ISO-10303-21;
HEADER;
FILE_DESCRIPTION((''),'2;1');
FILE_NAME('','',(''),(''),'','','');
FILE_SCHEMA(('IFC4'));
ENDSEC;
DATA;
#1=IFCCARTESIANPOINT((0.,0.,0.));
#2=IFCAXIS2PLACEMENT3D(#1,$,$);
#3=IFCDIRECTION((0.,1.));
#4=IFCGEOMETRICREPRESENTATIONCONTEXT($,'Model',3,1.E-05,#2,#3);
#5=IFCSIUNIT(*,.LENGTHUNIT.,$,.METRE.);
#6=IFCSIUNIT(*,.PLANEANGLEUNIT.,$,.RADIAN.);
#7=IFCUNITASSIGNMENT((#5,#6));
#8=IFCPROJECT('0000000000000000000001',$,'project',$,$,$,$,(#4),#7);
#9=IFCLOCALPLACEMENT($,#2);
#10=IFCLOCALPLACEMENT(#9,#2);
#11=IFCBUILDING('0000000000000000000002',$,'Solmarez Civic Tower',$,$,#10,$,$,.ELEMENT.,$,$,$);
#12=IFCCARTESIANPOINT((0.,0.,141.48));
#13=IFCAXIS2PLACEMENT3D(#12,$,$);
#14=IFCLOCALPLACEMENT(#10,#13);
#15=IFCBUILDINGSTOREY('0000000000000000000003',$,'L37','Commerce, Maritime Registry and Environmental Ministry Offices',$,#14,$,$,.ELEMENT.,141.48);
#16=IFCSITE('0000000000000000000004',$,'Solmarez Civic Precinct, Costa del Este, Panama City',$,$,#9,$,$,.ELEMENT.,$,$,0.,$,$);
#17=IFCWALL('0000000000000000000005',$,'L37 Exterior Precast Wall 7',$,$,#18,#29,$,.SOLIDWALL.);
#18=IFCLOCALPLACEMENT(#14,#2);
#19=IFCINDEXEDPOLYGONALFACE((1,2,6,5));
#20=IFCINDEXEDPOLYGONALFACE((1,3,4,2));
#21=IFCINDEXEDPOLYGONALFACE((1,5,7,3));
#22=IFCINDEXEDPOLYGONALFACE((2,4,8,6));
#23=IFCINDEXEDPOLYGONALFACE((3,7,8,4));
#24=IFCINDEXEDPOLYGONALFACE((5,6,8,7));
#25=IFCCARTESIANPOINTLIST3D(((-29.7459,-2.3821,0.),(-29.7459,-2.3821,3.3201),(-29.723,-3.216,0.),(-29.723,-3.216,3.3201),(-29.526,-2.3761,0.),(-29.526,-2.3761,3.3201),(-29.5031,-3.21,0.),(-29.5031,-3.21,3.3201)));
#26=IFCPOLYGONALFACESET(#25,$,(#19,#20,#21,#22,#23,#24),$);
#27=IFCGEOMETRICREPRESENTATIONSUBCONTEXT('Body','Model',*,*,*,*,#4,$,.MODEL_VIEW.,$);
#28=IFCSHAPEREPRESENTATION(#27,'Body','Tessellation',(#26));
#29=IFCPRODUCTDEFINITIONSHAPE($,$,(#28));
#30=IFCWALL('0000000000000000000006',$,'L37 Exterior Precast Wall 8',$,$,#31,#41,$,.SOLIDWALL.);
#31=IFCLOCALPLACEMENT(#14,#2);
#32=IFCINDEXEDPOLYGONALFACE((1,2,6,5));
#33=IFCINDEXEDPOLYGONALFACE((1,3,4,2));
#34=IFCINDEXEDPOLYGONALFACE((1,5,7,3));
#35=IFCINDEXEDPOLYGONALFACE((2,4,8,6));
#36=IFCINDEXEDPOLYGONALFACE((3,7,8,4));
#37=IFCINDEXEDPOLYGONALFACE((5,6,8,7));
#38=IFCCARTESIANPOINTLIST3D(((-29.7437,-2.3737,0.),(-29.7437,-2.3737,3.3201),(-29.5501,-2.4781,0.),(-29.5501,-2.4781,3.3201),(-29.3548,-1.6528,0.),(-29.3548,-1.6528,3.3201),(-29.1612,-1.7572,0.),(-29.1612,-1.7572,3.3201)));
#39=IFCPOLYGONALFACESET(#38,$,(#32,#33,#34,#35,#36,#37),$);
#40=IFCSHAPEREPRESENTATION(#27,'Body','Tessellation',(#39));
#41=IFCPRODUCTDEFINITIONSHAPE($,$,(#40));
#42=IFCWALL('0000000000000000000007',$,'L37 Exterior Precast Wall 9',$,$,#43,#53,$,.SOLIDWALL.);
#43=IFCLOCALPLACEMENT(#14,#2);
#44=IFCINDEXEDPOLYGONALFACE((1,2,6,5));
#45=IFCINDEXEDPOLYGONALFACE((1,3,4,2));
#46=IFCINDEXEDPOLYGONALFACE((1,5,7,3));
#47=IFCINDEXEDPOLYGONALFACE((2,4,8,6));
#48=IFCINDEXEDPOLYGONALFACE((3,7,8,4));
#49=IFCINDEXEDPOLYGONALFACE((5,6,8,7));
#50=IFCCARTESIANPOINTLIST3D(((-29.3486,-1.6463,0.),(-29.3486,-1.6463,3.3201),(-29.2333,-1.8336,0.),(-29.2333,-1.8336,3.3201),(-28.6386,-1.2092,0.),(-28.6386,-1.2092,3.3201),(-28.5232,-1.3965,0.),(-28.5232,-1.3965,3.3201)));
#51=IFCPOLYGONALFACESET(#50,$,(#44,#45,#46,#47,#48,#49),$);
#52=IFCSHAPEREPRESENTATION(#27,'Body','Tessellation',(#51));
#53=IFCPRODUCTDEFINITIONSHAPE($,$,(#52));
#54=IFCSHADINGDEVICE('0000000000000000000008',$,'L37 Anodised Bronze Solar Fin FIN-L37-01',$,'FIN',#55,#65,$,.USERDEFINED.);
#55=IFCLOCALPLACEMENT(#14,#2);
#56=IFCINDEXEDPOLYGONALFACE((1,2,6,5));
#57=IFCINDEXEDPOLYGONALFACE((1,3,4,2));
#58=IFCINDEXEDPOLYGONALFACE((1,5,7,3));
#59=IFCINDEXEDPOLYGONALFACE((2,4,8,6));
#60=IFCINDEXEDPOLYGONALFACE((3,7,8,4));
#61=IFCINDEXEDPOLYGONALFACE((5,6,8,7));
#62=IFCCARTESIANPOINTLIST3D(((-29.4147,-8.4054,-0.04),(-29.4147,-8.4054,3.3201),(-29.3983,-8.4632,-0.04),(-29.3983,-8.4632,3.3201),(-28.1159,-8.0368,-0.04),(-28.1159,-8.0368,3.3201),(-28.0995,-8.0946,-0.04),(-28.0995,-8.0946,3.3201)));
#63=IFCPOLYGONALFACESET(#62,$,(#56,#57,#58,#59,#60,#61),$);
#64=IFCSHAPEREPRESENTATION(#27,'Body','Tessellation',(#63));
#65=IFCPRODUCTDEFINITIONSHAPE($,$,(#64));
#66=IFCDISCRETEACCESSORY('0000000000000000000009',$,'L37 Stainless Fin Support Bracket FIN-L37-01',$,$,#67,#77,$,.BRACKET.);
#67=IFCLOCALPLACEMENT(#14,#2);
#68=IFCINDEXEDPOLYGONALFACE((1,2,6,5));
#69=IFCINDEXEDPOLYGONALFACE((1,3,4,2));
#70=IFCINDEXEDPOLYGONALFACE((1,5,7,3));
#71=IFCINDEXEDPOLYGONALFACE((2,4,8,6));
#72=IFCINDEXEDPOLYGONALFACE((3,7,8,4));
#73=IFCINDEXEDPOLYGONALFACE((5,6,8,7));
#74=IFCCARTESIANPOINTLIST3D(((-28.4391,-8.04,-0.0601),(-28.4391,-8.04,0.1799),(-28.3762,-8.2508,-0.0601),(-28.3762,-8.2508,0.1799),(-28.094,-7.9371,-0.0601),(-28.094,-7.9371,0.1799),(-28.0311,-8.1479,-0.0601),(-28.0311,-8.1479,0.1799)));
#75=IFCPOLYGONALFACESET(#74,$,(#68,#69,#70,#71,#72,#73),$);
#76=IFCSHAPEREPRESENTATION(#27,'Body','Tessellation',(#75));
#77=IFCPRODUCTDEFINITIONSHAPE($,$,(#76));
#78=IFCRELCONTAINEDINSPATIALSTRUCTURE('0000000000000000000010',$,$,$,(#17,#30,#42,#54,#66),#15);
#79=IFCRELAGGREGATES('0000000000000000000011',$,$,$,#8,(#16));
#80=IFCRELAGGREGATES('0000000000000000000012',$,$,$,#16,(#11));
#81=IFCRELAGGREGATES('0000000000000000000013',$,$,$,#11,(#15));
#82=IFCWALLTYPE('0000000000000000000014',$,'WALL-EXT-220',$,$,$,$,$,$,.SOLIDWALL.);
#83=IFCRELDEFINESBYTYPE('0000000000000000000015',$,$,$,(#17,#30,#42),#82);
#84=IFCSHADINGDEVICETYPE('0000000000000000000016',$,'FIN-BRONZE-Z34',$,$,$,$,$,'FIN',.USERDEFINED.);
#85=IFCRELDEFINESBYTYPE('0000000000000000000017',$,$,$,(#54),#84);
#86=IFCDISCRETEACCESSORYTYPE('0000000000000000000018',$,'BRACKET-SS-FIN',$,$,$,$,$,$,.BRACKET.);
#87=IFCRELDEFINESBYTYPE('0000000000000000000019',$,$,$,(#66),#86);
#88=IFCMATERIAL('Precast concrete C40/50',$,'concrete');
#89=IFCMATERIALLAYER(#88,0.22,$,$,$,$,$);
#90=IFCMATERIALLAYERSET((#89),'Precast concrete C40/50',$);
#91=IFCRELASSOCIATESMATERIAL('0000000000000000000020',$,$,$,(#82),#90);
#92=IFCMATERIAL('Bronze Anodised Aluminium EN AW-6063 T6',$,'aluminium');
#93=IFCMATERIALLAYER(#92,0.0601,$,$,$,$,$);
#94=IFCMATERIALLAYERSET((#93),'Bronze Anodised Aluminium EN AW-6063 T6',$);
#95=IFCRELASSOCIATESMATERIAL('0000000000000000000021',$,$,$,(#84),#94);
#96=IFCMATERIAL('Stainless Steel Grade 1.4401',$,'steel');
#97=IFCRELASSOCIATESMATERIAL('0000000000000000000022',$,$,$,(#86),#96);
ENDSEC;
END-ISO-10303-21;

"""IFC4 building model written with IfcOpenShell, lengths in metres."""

from ifc_helpers import new_model, si_unit, direction, frame, frame_2d, origin, origin_2d, place, context, subcontext, project, spatial, rectangle, extrude, material, layer, layer_set, type_object, element, save


model = new_model("IFC4")

# Units and contexts
model_context = context("Model", 3, precision=1e-05, world=origin(), true_north=direction((0.0, 1.0)))
body_context = subcontext(model_context, "Body", "Model", "MODEL_VIEW")
ifc_project = project(units=[si_unit("LENGTHUNIT", "METRE"), si_unit("PLANEANGLEUNIT", "RADIAN")], contexts=[model_context])

# Site, building, storey
site_placement = place(None, origin())
site = spatial("IfcSite", under=ifc_project, at=site_placement, Name="Solmarez Civic Precinct, Costa del Este, Panama City", CompositionType="ELEMENT", RefElevation=0.0)
building_placement = place(site_placement, origin())
building = spatial("IfcBuilding", under=site, at=building_placement, Name="Solmarez Civic Tower", CompositionType="ELEMENT")
storey_placement = place(building_placement, frame((0.0, 0.0, 141.48)))
storey = spatial("IfcBuildingStorey", under=building, at=storey_placement, Name="L37", Description="Commerce, Maritime Registry and Environmental Ministry Offices", CompositionType="ELEMENT", Elevation=141.48)

# Shared definitions
ifc_material_1 = material(Name="Bronze Anodised Aluminium EN AW-6063 T6", Category="aluminium")

# Walls
ifc_material_2 = material(Name="Precast concrete C40/50", Category="concrete")
ifc_layer_1 = layer(ifc_material_2, 0.22)
ifc_layer_set_1 = layer_set([ifc_layer_1], Name="Precast concrete C40/50")
wall_type = type_object("IfcWallType", Name="WALL-EXT-220", PredefinedType="SOLIDWALL", material=ifc_layer_set_1)
wall_1_placement = place(storey_placement, frame((-29.613, -3.2129, 0.0), z_axis=(0.0, 0.0, 1.0), x_axis=(-0.027507, 0.999622, 0.0)))
element("IfcWall", 1, at=wall_1_placement, inside=storey, type_object=wall_type, Name="L37 Exterior Precast Wall 7", PredefinedType="SOLIDWALL", context=body_context, shape_type="SweptSolid", body=[
    extrude(rectangle(XDim=0.8342, YDim=0.22, at=frame_2d((0.417, 0.0))), origin(), (0.0, 0.0, 1.0), 3.3201),
])
wall_2_placement = place(storey_placement, frame((-29.647, -2.426, 0.0), z_axis=(0.0, 0.0, 1.0), x_axis=(0.474775, 0.880107, 0.0)))
element("IfcWall", 2, at=wall_2_placement, inside=storey, type_object=wall_type, Name="L37 Exterior Precast Wall 8", PredefinedType="SOLIDWALL", context=body_context, shape_type="SweptSolid", body=[
    extrude(rectangle(XDim=0.8191, YDim=0.22, at=frame_2d((0.4097, 0.0))), origin(), (0.0, 0.0, 1.0), 3.3201),
])
wall_3_placement = place(storey_placement, frame((-29.291, -1.74, 0.0), z_axis=(0.0, 0.0, 1.0), x_axis=(0.851598, 0.524195, 0.0)))
element("IfcWall", 3, at=wall_3_placement, inside=storey, type_object=wall_type, Name="L37 Exterior Precast Wall 9", PredefinedType="SOLIDWALL", context=body_context, shape_type="SweptSolid", body=[
    extrude(rectangle(XDim=0.8337, YDim=0.22, at=frame_2d((0.417, 0.0))), origin(), (0.0, 0.0, 1.0), 3.3201),
])

# Shading device
ifc_layer_2 = layer(ifc_material_1, 0.0601)
ifc_layer_set_2 = layer_set([ifc_layer_2], Name="Bronze Anodised Aluminium EN AW-6063 T6")
shading_device_type = type_object("IfcShadingDeviceType", Name="FIN-BRONZE-Z34", ElementType="FIN", PredefinedType="USERDEFINED", material=ifc_layer_set_2)
shading_device_placement = place(storey_placement, frame((-28.7571, -8.25, -0.04), z_axis=(0.0, 0.0, 1.0), x_axis=(-0.962009, -0.273019, 0.0)))
element("IfcShadingDevice", 4, at=shading_device_placement, inside=storey, type_object=shading_device_type, Name="L37 Anodised Bronze Solar Fin FIN-L37-01", ObjectType="FIN", PredefinedType="USERDEFINED", context=body_context, shape_type="SweptSolid", body=[
    extrude(rectangle(XDim=1.3501, YDim=0.0601, at=origin_2d()), origin(), (0.0, 0.0, 1.0), 3.3601),
])

# Discrete accessory
ifc_material_3 = material(Name="Stainless Steel Grade 1.4401", Category="steel")
discrete_accessory_type = type_object("IfcDiscreteAccessoryType", Name="BRACKET-SS-FIN", PredefinedType="BRACKET", material=ifc_material_3)
discrete_accessory_placement = place(storey_placement, frame((-28.2351, -8.094, -0.0601), z_axis=(0.0, 0.0, 1.0), x_axis=(-0.958306, -0.285745, 0.0)))
element("IfcDiscreteAccessory", 5, at=discrete_accessory_placement, inside=storey, type_object=discrete_accessory_type, Name="L37 Stainless Fin Support Bracket FIN-L37-01", PredefinedType="BRACKET", context=body_context, shape_type="SweptSolid", body=[
    extrude(rectangle(XDim=0.3601, YDim=0.22, at=origin_2d()), origin(), (0.0, 0.0, 1.0), 0.24),
])

save(model, "model.ifc")
